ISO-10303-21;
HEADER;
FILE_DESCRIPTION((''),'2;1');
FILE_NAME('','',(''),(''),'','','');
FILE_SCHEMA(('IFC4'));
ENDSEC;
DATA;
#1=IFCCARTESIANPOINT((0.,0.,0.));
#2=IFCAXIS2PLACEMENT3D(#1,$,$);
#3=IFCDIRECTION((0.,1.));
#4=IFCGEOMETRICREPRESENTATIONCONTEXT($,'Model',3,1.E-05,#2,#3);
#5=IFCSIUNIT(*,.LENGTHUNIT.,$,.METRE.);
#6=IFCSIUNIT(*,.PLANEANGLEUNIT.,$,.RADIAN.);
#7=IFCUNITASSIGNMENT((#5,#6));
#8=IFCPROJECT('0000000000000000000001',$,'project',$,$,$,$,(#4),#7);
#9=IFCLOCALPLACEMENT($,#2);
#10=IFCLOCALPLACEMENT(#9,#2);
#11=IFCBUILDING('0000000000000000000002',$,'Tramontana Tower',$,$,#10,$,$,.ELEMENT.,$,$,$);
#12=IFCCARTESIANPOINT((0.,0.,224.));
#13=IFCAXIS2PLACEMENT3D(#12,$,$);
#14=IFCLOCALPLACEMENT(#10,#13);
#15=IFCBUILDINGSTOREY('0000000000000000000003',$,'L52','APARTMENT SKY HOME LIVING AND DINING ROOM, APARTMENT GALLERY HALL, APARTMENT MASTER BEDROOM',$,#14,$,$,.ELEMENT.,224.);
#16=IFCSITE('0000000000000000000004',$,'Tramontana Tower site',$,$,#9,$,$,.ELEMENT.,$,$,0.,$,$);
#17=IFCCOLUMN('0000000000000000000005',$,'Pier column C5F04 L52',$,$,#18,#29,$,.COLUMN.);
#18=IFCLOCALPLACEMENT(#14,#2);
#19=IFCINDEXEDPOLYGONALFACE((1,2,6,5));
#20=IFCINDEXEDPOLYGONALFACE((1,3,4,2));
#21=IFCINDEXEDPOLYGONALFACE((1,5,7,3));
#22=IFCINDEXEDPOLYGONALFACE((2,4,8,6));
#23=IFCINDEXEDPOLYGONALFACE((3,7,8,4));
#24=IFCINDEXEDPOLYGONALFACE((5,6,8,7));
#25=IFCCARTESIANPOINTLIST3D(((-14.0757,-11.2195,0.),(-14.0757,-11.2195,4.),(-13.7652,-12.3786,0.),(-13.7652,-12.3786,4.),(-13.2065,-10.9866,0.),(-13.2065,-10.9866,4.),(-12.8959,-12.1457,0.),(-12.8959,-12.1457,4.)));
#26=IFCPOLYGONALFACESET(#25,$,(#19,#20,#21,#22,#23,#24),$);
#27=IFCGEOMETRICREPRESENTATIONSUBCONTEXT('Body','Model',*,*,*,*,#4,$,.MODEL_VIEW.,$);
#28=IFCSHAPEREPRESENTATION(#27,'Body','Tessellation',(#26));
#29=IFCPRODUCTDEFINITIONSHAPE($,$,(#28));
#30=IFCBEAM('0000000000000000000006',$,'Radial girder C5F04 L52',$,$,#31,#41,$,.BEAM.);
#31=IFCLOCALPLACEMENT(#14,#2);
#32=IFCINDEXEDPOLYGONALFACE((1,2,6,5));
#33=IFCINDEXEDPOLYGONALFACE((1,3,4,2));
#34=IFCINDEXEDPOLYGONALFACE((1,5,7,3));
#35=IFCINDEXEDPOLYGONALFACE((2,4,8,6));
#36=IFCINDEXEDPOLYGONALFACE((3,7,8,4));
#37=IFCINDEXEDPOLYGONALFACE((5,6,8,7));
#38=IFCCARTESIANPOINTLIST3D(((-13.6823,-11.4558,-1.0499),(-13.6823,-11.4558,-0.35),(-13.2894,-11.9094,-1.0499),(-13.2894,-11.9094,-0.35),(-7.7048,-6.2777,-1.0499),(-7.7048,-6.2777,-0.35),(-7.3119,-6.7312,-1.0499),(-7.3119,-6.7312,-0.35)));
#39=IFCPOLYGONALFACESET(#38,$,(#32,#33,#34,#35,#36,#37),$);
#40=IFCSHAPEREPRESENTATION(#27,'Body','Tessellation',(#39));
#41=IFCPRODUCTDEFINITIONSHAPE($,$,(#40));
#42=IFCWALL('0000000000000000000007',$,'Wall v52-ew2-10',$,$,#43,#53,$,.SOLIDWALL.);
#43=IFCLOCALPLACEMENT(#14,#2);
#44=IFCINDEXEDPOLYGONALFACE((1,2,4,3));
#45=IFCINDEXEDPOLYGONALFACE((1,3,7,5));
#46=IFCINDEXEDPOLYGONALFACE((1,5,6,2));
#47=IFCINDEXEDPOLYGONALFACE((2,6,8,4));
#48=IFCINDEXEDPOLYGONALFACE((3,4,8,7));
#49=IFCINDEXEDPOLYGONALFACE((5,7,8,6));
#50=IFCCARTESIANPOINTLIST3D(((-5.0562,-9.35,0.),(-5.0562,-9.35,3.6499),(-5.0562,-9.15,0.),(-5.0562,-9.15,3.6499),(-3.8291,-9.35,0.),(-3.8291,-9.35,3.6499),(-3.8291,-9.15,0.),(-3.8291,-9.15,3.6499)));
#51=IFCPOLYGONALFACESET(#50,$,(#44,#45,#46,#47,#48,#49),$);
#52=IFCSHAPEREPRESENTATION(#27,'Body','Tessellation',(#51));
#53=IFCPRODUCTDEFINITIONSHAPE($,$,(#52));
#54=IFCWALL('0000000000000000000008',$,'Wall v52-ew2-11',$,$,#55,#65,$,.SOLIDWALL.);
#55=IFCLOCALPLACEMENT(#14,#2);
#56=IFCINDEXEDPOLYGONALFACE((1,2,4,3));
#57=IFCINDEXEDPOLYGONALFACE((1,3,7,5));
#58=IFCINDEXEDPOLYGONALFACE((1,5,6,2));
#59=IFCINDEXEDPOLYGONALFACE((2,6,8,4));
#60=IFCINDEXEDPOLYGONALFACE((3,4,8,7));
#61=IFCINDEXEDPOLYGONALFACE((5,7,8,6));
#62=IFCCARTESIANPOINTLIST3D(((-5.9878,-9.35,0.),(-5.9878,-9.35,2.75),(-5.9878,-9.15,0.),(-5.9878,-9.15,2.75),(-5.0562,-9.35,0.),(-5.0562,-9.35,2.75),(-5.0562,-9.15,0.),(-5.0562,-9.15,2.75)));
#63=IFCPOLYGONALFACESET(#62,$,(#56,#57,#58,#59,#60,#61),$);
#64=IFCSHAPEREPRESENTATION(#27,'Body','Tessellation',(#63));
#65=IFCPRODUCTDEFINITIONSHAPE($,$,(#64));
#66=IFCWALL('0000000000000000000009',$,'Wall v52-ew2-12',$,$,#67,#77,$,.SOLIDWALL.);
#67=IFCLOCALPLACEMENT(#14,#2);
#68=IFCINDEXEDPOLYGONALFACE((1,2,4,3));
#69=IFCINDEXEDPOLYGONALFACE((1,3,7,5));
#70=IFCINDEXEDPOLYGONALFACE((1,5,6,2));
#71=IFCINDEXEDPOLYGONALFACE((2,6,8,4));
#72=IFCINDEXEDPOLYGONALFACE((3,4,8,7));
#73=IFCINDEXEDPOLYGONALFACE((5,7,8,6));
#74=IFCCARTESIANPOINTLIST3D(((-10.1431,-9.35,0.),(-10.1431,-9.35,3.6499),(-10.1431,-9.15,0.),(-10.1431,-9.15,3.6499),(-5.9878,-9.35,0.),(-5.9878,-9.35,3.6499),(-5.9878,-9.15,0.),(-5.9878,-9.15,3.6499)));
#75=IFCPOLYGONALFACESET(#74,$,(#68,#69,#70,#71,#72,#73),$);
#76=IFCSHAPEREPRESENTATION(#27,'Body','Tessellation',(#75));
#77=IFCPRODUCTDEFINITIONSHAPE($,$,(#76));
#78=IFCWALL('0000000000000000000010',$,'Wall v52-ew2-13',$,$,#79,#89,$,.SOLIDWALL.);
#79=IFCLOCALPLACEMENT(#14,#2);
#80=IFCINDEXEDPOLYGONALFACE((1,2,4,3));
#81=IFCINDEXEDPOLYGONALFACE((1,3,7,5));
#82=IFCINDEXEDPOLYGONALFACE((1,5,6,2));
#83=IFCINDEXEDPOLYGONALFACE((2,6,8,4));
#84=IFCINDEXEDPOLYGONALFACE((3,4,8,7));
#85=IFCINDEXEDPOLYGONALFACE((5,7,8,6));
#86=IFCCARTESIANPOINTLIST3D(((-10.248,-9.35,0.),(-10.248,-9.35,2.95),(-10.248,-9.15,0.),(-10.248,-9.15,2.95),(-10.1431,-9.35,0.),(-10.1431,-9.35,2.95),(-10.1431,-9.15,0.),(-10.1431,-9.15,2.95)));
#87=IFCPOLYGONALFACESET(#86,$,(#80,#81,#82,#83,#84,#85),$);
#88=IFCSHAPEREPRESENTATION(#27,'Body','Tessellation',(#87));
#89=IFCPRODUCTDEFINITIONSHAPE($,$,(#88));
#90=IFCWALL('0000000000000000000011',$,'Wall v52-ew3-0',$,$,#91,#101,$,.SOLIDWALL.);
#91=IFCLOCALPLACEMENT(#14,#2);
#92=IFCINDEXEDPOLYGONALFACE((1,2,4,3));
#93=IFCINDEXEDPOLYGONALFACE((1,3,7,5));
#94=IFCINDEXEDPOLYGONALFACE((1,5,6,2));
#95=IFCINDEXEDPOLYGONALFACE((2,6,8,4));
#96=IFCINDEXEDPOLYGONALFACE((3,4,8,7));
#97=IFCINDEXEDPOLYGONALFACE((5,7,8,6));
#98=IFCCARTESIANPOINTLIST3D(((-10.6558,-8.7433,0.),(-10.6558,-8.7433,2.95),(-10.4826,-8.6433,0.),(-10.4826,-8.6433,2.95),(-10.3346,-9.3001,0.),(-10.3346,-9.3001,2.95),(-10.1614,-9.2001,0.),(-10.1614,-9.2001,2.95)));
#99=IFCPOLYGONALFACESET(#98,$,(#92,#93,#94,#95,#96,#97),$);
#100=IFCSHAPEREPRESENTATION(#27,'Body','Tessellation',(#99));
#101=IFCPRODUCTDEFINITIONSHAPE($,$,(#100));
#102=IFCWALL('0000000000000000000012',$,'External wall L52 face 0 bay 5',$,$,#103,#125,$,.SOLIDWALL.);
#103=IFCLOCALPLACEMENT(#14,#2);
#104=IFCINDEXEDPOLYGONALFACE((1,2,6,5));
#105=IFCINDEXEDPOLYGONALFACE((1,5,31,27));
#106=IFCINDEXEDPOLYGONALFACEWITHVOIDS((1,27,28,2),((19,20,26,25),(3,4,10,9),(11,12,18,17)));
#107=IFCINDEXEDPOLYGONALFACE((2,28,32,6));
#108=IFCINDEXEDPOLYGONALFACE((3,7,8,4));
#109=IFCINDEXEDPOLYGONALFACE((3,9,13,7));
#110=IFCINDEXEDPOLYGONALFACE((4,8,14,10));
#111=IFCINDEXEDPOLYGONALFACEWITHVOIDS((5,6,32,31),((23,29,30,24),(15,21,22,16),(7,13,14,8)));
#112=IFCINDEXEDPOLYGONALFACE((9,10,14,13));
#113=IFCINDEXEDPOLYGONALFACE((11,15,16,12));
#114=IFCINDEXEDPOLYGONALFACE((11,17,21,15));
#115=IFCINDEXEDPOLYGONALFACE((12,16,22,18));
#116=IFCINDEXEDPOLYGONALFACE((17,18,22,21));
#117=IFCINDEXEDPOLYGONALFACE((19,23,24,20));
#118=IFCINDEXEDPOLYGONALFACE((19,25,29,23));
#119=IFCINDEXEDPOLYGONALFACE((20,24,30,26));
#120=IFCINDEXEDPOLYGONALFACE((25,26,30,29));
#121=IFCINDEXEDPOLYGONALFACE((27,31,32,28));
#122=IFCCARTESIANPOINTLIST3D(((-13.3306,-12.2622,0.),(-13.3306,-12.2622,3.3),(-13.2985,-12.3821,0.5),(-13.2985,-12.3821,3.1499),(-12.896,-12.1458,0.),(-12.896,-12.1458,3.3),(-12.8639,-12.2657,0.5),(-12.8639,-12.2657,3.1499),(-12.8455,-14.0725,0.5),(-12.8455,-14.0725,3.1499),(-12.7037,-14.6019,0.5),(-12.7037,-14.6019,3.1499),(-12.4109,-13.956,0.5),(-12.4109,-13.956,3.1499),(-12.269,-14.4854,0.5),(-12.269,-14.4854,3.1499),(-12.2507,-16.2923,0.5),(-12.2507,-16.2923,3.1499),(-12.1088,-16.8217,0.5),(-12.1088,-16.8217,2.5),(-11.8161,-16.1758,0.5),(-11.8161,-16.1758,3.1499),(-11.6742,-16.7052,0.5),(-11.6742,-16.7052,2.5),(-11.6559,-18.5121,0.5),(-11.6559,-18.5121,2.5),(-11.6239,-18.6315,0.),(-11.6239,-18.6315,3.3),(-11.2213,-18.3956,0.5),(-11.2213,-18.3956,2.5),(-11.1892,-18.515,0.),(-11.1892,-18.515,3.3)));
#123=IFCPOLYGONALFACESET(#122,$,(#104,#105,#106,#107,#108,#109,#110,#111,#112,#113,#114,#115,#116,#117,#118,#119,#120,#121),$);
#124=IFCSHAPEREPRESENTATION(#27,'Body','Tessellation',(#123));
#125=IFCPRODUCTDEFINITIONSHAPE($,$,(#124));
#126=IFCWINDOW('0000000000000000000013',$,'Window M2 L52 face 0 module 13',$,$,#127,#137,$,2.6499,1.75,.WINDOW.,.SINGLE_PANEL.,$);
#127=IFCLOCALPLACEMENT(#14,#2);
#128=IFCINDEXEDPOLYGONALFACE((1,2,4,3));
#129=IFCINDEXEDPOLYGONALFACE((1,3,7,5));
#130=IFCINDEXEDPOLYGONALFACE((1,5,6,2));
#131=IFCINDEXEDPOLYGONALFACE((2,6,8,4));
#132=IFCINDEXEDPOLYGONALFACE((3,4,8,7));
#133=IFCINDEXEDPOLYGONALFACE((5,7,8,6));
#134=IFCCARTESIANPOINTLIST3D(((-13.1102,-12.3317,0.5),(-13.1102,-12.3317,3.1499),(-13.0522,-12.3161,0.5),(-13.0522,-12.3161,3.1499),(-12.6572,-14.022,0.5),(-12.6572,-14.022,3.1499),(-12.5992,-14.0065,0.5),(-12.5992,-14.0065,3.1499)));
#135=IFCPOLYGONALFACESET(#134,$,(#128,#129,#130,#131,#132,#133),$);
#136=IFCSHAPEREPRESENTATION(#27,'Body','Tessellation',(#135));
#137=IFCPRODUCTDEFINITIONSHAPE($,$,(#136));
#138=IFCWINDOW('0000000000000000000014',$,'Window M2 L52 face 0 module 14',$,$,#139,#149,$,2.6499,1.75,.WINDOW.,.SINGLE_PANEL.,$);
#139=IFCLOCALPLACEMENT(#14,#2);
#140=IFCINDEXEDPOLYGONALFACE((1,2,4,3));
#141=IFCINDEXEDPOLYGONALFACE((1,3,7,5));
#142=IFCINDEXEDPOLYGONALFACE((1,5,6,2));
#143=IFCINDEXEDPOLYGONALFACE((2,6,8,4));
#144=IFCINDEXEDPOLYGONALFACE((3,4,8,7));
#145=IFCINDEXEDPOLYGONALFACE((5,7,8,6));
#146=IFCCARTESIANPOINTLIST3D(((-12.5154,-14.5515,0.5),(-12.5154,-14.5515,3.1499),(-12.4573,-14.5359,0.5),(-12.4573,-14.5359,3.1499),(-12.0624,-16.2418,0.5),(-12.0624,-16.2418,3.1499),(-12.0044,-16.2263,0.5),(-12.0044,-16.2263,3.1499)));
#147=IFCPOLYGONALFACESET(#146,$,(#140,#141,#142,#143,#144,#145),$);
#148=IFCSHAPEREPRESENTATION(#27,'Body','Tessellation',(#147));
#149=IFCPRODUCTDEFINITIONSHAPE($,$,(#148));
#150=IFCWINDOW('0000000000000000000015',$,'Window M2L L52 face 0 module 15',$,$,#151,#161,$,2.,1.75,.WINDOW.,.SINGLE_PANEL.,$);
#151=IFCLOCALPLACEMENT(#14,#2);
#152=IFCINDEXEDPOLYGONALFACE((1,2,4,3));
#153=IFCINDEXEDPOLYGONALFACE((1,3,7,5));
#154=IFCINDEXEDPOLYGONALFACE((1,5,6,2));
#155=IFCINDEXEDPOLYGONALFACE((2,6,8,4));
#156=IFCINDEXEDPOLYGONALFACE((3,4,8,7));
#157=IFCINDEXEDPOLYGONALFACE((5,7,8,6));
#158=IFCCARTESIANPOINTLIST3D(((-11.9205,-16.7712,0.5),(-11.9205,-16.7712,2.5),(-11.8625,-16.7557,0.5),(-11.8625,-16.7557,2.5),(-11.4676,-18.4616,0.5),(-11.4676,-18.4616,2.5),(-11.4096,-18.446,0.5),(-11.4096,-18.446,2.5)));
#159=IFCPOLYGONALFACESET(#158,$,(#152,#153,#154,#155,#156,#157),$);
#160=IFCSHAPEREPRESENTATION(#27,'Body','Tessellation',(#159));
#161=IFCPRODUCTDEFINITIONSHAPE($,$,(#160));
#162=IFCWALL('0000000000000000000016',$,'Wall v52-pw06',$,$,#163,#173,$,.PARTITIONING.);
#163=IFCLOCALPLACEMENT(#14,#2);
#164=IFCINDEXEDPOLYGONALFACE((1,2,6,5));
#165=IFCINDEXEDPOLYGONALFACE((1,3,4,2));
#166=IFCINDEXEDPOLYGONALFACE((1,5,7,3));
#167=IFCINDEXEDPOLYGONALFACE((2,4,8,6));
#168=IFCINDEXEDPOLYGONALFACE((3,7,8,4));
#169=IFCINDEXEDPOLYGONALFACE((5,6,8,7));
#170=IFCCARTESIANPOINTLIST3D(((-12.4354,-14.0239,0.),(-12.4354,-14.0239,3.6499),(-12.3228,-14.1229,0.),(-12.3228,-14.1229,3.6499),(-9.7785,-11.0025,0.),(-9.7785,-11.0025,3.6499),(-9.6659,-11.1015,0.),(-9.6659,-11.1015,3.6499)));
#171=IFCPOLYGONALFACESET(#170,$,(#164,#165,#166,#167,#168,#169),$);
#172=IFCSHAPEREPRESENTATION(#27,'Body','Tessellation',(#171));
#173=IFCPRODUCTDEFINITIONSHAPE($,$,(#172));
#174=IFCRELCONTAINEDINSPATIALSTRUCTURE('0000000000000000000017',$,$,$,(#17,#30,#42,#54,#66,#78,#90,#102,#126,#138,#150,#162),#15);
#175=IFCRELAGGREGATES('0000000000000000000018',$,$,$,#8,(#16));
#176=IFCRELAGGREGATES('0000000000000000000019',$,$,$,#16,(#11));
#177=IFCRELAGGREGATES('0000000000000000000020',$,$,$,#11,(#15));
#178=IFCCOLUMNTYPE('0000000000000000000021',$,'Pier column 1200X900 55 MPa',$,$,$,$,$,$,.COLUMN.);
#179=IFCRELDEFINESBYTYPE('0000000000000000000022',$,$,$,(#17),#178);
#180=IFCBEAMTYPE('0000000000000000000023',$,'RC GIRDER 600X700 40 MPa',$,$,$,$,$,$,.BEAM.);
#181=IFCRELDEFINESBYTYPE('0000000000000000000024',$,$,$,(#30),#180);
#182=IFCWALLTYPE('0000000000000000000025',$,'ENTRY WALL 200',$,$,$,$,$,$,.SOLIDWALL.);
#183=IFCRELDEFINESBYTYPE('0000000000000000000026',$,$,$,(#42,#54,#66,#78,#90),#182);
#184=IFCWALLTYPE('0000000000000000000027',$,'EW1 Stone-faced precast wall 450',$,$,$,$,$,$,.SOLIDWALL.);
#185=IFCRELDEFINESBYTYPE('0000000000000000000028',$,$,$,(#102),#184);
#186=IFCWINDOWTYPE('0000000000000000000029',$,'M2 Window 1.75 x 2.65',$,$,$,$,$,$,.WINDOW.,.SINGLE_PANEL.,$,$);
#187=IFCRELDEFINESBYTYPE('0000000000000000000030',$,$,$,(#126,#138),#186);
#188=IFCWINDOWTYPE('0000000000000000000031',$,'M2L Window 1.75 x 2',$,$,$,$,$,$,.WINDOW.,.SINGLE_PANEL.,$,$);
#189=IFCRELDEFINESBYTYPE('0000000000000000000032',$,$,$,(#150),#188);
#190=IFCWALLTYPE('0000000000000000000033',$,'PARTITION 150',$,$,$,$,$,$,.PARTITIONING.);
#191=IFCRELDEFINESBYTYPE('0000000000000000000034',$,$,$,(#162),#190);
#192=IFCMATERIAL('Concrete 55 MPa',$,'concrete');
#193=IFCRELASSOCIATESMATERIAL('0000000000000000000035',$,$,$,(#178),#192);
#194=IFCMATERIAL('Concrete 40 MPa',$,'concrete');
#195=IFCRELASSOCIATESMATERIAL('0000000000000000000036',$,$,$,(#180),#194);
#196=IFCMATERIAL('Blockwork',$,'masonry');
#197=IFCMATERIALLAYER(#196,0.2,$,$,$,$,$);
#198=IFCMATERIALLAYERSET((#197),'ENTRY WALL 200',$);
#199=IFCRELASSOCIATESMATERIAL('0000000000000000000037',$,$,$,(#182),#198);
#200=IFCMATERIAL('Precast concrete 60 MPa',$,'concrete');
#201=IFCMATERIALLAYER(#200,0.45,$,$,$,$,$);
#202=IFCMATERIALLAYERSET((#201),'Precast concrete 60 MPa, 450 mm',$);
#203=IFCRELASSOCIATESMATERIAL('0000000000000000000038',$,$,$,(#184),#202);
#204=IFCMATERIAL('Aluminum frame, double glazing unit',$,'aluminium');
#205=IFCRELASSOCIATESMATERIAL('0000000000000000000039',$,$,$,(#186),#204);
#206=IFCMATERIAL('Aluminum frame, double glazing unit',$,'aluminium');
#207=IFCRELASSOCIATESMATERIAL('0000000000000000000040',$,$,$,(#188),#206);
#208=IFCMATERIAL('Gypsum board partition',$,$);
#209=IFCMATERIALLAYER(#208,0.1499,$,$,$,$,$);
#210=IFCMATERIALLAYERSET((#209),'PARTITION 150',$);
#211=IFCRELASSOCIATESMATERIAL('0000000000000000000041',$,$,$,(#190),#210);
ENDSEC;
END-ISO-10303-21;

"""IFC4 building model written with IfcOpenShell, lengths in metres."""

from ifc_helpers import new_model, si_unit, direction, frame, frame_2d, origin, origin_2d, place, context, subcontext, project, spatial, rectangle, extrude, material, layer, layer_set, material_profile, profile_set, type_object, element, fill, save


model = new_model("IFC4")

# Units and contexts
model_context = context("Model", 3, precision=1e-05, world=origin(), true_north=direction((0.0, 1.0)))
body_context = subcontext(model_context, "Body", "Model", "MODEL_VIEW")
ifc_project = project(units=[si_unit("LENGTHUNIT", "METRE"), si_unit("PLANEANGLEUNIT", "RADIAN")], contexts=[model_context])

# Site, building, storey
site_placement = place(None, origin())
site = spatial("IfcSite", under=ifc_project, at=site_placement, Name="Tramontana Tower site", CompositionType="ELEMENT", RefElevation=0.0)
building_placement = place(site_placement, origin())
building = spatial("IfcBuilding", under=site, at=building_placement, Name="Tramontana Tower", CompositionType="ELEMENT")
storey_placement = place(building_placement, frame((0.0, 0.0, 224.0)))
storey = spatial("IfcBuildingStorey", under=building, at=storey_placement, Name="L52", Description="APARTMENT SKY HOME LIVING AND DINING ROOM, APARTMENT GALLERY HALL, APARTMENT MASTER BEDROOM", CompositionType="ELEMENT", Elevation=224.0)

# Column
ifc_material_1 = material(Name="Concrete 55 MPa", Category="concrete")
ifc_material_profile_1 = material_profile(ifc_material_1, rectangle(XDim=1.2, YDim=0.8999, at=origin_2d()), Name="Pier column 1200X900 55 MPa")
ifc_profile_set_1 = profile_set([ifc_material_profile_1], Name="Concrete 55 MPa")
column_type = type_object("IfcColumnType", Name="Pier column 1200X900 55 MPa", PredefinedType="COLUMN", material=ifc_profile_set_1)
column_placement = place(storey_placement, frame((-13.4858, -11.6826, 0.0), z_axis=(0.0, 0.0, 1.0), x_axis=(0.258819, -0.965926, 0.0)))
element("IfcColumn", 1, at=column_placement, inside=storey, type_object=column_type, Name="Pier column C5F04 L52", PredefinedType="COLUMN", context=body_context, shape_type="SweptSolid", body=[
    extrude(rectangle(XDim=1.2, YDim=0.8999, at=origin_2d()), origin(), (0.0, 0.0, 1.0), 4.0),
])

# Beam
ifc_material_2 = material(Name="Concrete 40 MPa", Category="concrete")
ifc_material_profile_2 = material_profile(ifc_material_2, rectangle(XDim=0.6001, YDim=0.7, at=origin_2d()), Name="RC GIRDER 600X700 40 MPa")
ifc_profile_set_2 = profile_set([ifc_material_profile_2], Name="Concrete 40 MPa")
beam_type = type_object("IfcBeamType", Name="RC GIRDER 600X700 40 MPa", PredefinedType="BEAM", material=ifc_profile_set_2)
beam_placement = place(storey_placement, frame((-13.4858, -11.6826, -0.7), z_axis=(0.755834, 0.654764, 0.0), x_axis=(-0.654764, 0.755834, 0.0)))
element("IfcBeam", 2, at=beam_placement, inside=storey, type_object=beam_type, Name="Radial girder C5F04 L52", PredefinedType="BEAM", context=body_context, shape_type="SweptSolid", body=[
    extrude(rectangle(XDim=0.6001, YDim=0.7, at=origin_2d()), origin(), (0.0, 0.0, 1.0), 7.9084),
])

# Walls
ifc_material_3 = material(Name="Blockwork", Category="masonry")
ifc_layer_1 = layer(ifc_material_3, 0.2)
ifc_layer_set_1 = layer_set([ifc_layer_1], Name="ENTRY WALL 200")
wall_type_1 = type_object("IfcWallType", Name="ENTRY WALL 200", PredefinedType="SOLIDWALL", material=ifc_layer_set_1)
wall_1_placement = place(storey_placement, frame((-3.8291, -9.25, 0.0), z_axis=(0.0, 0.0, 1.0), x_axis=(-1.0, 0.0, 0.0)))
element("IfcWall", 3, at=wall_1_placement, inside=storey, type_object=wall_type_1, Name="Wall v52-ew2-10", PredefinedType="SOLIDWALL", context=body_context, shape_type="SweptSolid", body=[
    extrude(rectangle(XDim=1.2271, YDim=0.2, at=frame_2d((0.6135, 0.0))), origin(), (0.0, 0.0, 1.0), 3.6499),
])
wall_2_placement = place(storey_placement, frame((-5.0562, -9.25, 0.0), z_axis=(0.0, 0.0, 1.0), x_axis=(-1.0, 0.0, 0.0)))
element("IfcWall", 4, at=wall_2_placement, inside=storey, type_object=wall_type_1, Name="Wall v52-ew2-11", PredefinedType="SOLIDWALL", context=body_context, shape_type="SweptSolid", body=[
    extrude(rectangle(XDim=0.9316, YDim=0.2, at=frame_2d((0.4658, 0.0))), origin(), (0.0, 0.0, 1.0), 2.75),
])
wall_3_placement = place(storey_placement, frame((-5.9878, -9.25, 0.0), z_axis=(0.0, 0.0, 1.0), x_axis=(-1.0, 0.0, 0.0)))
element("IfcWall", 5, at=wall_3_placement, inside=storey, type_object=wall_type_1, Name="Wall v52-ew2-12", PredefinedType="SOLIDWALL", context=body_context, shape_type="SweptSolid", body=[
    extrude(rectangle(XDim=4.1553, YDim=0.2, at=frame_2d((2.0776, 0.0))), origin(), (0.0, 0.0, 1.0), 3.6499),
])
wall_4_placement = place(storey_placement, frame((-10.1431, -9.25, 0.0), z_axis=(0.0, 0.0, 1.0), x_axis=(-1.0, 0.0, 0.0)))
element("IfcWall", 6, at=wall_4_placement, inside=storey, type_object=wall_type_1, Name="Wall v52-ew2-13", PredefinedType="SOLIDWALL", context=body_context, shape_type="SweptSolid", body=[
    extrude(rectangle(XDim=0.105, YDim=0.2, at=frame_2d((0.0525, 0.0))), origin(), (0.0, 0.0, 1.0), 2.95),
])
wall_5_placement = place(storey_placement, frame((-10.248, -9.25, 0.0), z_axis=(0.0, 0.0, 1.0), x_axis=(-0.499733, 0.866179, 0.0)))
element("IfcWall", 7, at=wall_5_placement, inside=storey, type_object=wall_type_1, Name="Wall v52-ew3-0", PredefinedType="SOLIDWALL", context=body_context, shape_type="SweptSolid", body=[
    extrude(rectangle(XDim=0.6428, YDim=0.2, at=frame_2d((0.3213, 0.0))), origin(), (0.0, 0.0, 1.0), 2.95),
])

# Wall, openings, windows
ifc_material_4 = material(Name="Precast concrete 60 MPa", Category="concrete")
ifc_layer_2 = layer(ifc_material_4, 0.45)
ifc_layer_set_2 = layer_set([ifc_layer_2], Name="Precast concrete 60 MPa, 450 mm")
wall_type_2 = type_object("IfcWallType", Name="EW1 Stone-faced precast wall 450", PredefinedType="SOLIDWALL", material=ifc_layer_set_2)
wall_6_placement = place(storey_placement, frame((-13.1133, -12.2041, 0.0), z_axis=(0.0, 0.0, 1.0), x_axis=(0.258835, -0.965921, 0.0)))
wall_6 = element("IfcWall", 8, at=wall_6_placement, inside=storey, type_object=wall_type_2, Name="External wall L52 face 0 bay 5", PredefinedType="SOLIDWALL", context=body_context, shape_type="SweptSolid", body=[
    extrude(rectangle(XDim=6.594, YDim=0.45, at=frame_2d((3.2969, 0.0))), origin(), (0.0, 0.0, 1.0), 3.3),
])
opening_1_placement = place(wall_6_placement, frame((0.124, 0.0, 0.5)))
opening_1 = element("IfcOpeningElement", 9, at=opening_1_placement, cuts=wall_6, PredefinedType="OPENING", context=body_context, shape_type="SweptSolid", body=[
    extrude(rectangle(XDim=1.75, YDim=2.6499, at=frame_2d((0.875, 1.325))), frame((0.0, 0.2349, 0.0), z_axis=(0.0, -1.0, 0.0), x_axis=(1.0, 0.0, 0.0)), (0.0, 0.0, 1.0), 0.47),
])
opening_2_placement = place(wall_6_placement, frame((2.4221, 0.0, 0.5)))
opening_2 = element("IfcOpeningElement", 10, at=opening_2_placement, cuts=wall_6, PredefinedType="OPENING", context=body_context, shape_type="SweptSolid", body=[
    extrude(rectangle(XDim=1.75, YDim=2.6499, at=frame_2d((0.875, 1.325))), frame((0.0, 0.2349, 0.0), z_axis=(0.0, -1.0, 0.0), x_axis=(1.0, 0.0, 0.0)), (0.0, 0.0, 1.0), 0.47),
])
opening_3_placement = place(wall_6_placement, frame((4.7202, 0.0, 0.5)))
opening_3 = element("IfcOpeningElement", 11, at=opening_3_placement, cuts=wall_6, PredefinedType="OPENING", context=body_context, shape_type="SweptSolid", body=[
    extrude(rectangle(XDim=1.75, YDim=2.0, at=frame_2d((0.875, 1.0))), frame((0.0, 0.2349, 0.0), z_axis=(0.0, -1.0, 0.0), x_axis=(1.0, 0.0, 0.0)), (0.0, 0.0, 1.0), 0.47),
])
ifc_material_5 = material(Name="Aluminum frame, double glazing unit", Category="aluminium")
window_type_1 = type_object("IfcWindowType", Name="M2 Window 1.75 x 2.65", PartitioningType="SINGLE_PANEL", PredefinedType="WINDOW", material=ifc_material_5)
window_1_placement = place(opening_1_placement, origin())
window_1 = element("IfcWindow", 12, at=window_1_placement, inside=storey, type_object=window_type_1, Name="Window M2 L52 face 0 module 13", OverallHeight=2.6499, OverallWidth=1.75, PartitioningType="SINGLE_PANEL", PredefinedType="WINDOW", context=body_context, shape_type="SweptSolid", body=[
    extrude(rectangle(XDim=1.75, YDim=2.6499, at=frame_2d((0.875, 1.325))), frame((0.0, 0.03, 0.0), z_axis=(0.0, -1.0, 0.0), x_axis=(1.0, 0.0, 0.0)), (0.0, 0.0, 1.0), 0.0601),
])
fill(opening_1, window_1)
window_2_placement = place(opening_2_placement, origin())
window_2 = element("IfcWindow", 13, at=window_2_placement, inside=storey, type_object=window_type_1, Name="Window M2 L52 face 0 module 14", OverallHeight=2.6499, OverallWidth=1.75, PartitioningType="SINGLE_PANEL", PredefinedType="WINDOW", context=body_context, shape_type="SweptSolid", body=[
    extrude(rectangle(XDim=1.75, YDim=2.6499, at=frame_2d((0.875, 1.325))), frame((0.0, 0.03, 0.0), z_axis=(0.0, -1.0, 0.0), x_axis=(1.0, 0.0, 0.0)), (0.0, 0.0, 1.0), 0.0601),
])
fill(opening_2, window_2)
ifc_material_6 = material(Name="Aluminum frame, double glazing unit", Category="aluminium")
window_type_2 = type_object("IfcWindowType", Name="M2L Window 1.75 x 2", PartitioningType="SINGLE_PANEL", PredefinedType="WINDOW", material=ifc_material_6)
window_3_placement = place(opening_3_placement, origin())
window_3 = element("IfcWindow", 14, at=window_3_placement, inside=storey, type_object=window_type_2, Name="Window M2L L52 face 0 module 15", OverallHeight=2.0, OverallWidth=1.75, PartitioningType="SINGLE_PANEL", PredefinedType="WINDOW", context=body_context, shape_type="SweptSolid", body=[
    extrude(rectangle(XDim=1.75, YDim=2.0, at=frame_2d((0.875, 1.0))), frame((0.0, 0.03, 0.0), z_axis=(0.0, -1.0, 0.0), x_axis=(1.0, 0.0, 0.0)), (0.0, 0.0, 1.0), 0.0601),
])
fill(opening_3, window_3)

# Wall
ifc_material_7 = material(Name="Gypsum board partition")
ifc_layer_3 = layer(ifc_material_7, 0.1499)
ifc_layer_set_3 = layer_set([ifc_layer_3], Name="PARTITION 150")
wall_type_3 = type_object("IfcWallType", Name="PARTITION 150", PredefinedType="PARTITIONING", material=ifc_layer_set_3)
wall_7_placement = place(storey_placement, frame((-9.7222, -11.052, 0.0), z_axis=(0.0, 0.0, 1.0), x_axis=(-0.660358, -0.750951, 0.0)))
element("IfcWall", 15, at=wall_7_placement, inside=storey, type_object=wall_type_3, Name="Wall v52-pw06", PredefinedType="PARTITIONING", context=body_context, shape_type="SweptSolid", body=[
    extrude(rectangle(XDim=4.0234, YDim=0.1499, at=frame_2d((2.0117, 0.0))), origin(), (0.0, 0.0, 1.0), 3.6499),
])

save(model, "model.ifc")
